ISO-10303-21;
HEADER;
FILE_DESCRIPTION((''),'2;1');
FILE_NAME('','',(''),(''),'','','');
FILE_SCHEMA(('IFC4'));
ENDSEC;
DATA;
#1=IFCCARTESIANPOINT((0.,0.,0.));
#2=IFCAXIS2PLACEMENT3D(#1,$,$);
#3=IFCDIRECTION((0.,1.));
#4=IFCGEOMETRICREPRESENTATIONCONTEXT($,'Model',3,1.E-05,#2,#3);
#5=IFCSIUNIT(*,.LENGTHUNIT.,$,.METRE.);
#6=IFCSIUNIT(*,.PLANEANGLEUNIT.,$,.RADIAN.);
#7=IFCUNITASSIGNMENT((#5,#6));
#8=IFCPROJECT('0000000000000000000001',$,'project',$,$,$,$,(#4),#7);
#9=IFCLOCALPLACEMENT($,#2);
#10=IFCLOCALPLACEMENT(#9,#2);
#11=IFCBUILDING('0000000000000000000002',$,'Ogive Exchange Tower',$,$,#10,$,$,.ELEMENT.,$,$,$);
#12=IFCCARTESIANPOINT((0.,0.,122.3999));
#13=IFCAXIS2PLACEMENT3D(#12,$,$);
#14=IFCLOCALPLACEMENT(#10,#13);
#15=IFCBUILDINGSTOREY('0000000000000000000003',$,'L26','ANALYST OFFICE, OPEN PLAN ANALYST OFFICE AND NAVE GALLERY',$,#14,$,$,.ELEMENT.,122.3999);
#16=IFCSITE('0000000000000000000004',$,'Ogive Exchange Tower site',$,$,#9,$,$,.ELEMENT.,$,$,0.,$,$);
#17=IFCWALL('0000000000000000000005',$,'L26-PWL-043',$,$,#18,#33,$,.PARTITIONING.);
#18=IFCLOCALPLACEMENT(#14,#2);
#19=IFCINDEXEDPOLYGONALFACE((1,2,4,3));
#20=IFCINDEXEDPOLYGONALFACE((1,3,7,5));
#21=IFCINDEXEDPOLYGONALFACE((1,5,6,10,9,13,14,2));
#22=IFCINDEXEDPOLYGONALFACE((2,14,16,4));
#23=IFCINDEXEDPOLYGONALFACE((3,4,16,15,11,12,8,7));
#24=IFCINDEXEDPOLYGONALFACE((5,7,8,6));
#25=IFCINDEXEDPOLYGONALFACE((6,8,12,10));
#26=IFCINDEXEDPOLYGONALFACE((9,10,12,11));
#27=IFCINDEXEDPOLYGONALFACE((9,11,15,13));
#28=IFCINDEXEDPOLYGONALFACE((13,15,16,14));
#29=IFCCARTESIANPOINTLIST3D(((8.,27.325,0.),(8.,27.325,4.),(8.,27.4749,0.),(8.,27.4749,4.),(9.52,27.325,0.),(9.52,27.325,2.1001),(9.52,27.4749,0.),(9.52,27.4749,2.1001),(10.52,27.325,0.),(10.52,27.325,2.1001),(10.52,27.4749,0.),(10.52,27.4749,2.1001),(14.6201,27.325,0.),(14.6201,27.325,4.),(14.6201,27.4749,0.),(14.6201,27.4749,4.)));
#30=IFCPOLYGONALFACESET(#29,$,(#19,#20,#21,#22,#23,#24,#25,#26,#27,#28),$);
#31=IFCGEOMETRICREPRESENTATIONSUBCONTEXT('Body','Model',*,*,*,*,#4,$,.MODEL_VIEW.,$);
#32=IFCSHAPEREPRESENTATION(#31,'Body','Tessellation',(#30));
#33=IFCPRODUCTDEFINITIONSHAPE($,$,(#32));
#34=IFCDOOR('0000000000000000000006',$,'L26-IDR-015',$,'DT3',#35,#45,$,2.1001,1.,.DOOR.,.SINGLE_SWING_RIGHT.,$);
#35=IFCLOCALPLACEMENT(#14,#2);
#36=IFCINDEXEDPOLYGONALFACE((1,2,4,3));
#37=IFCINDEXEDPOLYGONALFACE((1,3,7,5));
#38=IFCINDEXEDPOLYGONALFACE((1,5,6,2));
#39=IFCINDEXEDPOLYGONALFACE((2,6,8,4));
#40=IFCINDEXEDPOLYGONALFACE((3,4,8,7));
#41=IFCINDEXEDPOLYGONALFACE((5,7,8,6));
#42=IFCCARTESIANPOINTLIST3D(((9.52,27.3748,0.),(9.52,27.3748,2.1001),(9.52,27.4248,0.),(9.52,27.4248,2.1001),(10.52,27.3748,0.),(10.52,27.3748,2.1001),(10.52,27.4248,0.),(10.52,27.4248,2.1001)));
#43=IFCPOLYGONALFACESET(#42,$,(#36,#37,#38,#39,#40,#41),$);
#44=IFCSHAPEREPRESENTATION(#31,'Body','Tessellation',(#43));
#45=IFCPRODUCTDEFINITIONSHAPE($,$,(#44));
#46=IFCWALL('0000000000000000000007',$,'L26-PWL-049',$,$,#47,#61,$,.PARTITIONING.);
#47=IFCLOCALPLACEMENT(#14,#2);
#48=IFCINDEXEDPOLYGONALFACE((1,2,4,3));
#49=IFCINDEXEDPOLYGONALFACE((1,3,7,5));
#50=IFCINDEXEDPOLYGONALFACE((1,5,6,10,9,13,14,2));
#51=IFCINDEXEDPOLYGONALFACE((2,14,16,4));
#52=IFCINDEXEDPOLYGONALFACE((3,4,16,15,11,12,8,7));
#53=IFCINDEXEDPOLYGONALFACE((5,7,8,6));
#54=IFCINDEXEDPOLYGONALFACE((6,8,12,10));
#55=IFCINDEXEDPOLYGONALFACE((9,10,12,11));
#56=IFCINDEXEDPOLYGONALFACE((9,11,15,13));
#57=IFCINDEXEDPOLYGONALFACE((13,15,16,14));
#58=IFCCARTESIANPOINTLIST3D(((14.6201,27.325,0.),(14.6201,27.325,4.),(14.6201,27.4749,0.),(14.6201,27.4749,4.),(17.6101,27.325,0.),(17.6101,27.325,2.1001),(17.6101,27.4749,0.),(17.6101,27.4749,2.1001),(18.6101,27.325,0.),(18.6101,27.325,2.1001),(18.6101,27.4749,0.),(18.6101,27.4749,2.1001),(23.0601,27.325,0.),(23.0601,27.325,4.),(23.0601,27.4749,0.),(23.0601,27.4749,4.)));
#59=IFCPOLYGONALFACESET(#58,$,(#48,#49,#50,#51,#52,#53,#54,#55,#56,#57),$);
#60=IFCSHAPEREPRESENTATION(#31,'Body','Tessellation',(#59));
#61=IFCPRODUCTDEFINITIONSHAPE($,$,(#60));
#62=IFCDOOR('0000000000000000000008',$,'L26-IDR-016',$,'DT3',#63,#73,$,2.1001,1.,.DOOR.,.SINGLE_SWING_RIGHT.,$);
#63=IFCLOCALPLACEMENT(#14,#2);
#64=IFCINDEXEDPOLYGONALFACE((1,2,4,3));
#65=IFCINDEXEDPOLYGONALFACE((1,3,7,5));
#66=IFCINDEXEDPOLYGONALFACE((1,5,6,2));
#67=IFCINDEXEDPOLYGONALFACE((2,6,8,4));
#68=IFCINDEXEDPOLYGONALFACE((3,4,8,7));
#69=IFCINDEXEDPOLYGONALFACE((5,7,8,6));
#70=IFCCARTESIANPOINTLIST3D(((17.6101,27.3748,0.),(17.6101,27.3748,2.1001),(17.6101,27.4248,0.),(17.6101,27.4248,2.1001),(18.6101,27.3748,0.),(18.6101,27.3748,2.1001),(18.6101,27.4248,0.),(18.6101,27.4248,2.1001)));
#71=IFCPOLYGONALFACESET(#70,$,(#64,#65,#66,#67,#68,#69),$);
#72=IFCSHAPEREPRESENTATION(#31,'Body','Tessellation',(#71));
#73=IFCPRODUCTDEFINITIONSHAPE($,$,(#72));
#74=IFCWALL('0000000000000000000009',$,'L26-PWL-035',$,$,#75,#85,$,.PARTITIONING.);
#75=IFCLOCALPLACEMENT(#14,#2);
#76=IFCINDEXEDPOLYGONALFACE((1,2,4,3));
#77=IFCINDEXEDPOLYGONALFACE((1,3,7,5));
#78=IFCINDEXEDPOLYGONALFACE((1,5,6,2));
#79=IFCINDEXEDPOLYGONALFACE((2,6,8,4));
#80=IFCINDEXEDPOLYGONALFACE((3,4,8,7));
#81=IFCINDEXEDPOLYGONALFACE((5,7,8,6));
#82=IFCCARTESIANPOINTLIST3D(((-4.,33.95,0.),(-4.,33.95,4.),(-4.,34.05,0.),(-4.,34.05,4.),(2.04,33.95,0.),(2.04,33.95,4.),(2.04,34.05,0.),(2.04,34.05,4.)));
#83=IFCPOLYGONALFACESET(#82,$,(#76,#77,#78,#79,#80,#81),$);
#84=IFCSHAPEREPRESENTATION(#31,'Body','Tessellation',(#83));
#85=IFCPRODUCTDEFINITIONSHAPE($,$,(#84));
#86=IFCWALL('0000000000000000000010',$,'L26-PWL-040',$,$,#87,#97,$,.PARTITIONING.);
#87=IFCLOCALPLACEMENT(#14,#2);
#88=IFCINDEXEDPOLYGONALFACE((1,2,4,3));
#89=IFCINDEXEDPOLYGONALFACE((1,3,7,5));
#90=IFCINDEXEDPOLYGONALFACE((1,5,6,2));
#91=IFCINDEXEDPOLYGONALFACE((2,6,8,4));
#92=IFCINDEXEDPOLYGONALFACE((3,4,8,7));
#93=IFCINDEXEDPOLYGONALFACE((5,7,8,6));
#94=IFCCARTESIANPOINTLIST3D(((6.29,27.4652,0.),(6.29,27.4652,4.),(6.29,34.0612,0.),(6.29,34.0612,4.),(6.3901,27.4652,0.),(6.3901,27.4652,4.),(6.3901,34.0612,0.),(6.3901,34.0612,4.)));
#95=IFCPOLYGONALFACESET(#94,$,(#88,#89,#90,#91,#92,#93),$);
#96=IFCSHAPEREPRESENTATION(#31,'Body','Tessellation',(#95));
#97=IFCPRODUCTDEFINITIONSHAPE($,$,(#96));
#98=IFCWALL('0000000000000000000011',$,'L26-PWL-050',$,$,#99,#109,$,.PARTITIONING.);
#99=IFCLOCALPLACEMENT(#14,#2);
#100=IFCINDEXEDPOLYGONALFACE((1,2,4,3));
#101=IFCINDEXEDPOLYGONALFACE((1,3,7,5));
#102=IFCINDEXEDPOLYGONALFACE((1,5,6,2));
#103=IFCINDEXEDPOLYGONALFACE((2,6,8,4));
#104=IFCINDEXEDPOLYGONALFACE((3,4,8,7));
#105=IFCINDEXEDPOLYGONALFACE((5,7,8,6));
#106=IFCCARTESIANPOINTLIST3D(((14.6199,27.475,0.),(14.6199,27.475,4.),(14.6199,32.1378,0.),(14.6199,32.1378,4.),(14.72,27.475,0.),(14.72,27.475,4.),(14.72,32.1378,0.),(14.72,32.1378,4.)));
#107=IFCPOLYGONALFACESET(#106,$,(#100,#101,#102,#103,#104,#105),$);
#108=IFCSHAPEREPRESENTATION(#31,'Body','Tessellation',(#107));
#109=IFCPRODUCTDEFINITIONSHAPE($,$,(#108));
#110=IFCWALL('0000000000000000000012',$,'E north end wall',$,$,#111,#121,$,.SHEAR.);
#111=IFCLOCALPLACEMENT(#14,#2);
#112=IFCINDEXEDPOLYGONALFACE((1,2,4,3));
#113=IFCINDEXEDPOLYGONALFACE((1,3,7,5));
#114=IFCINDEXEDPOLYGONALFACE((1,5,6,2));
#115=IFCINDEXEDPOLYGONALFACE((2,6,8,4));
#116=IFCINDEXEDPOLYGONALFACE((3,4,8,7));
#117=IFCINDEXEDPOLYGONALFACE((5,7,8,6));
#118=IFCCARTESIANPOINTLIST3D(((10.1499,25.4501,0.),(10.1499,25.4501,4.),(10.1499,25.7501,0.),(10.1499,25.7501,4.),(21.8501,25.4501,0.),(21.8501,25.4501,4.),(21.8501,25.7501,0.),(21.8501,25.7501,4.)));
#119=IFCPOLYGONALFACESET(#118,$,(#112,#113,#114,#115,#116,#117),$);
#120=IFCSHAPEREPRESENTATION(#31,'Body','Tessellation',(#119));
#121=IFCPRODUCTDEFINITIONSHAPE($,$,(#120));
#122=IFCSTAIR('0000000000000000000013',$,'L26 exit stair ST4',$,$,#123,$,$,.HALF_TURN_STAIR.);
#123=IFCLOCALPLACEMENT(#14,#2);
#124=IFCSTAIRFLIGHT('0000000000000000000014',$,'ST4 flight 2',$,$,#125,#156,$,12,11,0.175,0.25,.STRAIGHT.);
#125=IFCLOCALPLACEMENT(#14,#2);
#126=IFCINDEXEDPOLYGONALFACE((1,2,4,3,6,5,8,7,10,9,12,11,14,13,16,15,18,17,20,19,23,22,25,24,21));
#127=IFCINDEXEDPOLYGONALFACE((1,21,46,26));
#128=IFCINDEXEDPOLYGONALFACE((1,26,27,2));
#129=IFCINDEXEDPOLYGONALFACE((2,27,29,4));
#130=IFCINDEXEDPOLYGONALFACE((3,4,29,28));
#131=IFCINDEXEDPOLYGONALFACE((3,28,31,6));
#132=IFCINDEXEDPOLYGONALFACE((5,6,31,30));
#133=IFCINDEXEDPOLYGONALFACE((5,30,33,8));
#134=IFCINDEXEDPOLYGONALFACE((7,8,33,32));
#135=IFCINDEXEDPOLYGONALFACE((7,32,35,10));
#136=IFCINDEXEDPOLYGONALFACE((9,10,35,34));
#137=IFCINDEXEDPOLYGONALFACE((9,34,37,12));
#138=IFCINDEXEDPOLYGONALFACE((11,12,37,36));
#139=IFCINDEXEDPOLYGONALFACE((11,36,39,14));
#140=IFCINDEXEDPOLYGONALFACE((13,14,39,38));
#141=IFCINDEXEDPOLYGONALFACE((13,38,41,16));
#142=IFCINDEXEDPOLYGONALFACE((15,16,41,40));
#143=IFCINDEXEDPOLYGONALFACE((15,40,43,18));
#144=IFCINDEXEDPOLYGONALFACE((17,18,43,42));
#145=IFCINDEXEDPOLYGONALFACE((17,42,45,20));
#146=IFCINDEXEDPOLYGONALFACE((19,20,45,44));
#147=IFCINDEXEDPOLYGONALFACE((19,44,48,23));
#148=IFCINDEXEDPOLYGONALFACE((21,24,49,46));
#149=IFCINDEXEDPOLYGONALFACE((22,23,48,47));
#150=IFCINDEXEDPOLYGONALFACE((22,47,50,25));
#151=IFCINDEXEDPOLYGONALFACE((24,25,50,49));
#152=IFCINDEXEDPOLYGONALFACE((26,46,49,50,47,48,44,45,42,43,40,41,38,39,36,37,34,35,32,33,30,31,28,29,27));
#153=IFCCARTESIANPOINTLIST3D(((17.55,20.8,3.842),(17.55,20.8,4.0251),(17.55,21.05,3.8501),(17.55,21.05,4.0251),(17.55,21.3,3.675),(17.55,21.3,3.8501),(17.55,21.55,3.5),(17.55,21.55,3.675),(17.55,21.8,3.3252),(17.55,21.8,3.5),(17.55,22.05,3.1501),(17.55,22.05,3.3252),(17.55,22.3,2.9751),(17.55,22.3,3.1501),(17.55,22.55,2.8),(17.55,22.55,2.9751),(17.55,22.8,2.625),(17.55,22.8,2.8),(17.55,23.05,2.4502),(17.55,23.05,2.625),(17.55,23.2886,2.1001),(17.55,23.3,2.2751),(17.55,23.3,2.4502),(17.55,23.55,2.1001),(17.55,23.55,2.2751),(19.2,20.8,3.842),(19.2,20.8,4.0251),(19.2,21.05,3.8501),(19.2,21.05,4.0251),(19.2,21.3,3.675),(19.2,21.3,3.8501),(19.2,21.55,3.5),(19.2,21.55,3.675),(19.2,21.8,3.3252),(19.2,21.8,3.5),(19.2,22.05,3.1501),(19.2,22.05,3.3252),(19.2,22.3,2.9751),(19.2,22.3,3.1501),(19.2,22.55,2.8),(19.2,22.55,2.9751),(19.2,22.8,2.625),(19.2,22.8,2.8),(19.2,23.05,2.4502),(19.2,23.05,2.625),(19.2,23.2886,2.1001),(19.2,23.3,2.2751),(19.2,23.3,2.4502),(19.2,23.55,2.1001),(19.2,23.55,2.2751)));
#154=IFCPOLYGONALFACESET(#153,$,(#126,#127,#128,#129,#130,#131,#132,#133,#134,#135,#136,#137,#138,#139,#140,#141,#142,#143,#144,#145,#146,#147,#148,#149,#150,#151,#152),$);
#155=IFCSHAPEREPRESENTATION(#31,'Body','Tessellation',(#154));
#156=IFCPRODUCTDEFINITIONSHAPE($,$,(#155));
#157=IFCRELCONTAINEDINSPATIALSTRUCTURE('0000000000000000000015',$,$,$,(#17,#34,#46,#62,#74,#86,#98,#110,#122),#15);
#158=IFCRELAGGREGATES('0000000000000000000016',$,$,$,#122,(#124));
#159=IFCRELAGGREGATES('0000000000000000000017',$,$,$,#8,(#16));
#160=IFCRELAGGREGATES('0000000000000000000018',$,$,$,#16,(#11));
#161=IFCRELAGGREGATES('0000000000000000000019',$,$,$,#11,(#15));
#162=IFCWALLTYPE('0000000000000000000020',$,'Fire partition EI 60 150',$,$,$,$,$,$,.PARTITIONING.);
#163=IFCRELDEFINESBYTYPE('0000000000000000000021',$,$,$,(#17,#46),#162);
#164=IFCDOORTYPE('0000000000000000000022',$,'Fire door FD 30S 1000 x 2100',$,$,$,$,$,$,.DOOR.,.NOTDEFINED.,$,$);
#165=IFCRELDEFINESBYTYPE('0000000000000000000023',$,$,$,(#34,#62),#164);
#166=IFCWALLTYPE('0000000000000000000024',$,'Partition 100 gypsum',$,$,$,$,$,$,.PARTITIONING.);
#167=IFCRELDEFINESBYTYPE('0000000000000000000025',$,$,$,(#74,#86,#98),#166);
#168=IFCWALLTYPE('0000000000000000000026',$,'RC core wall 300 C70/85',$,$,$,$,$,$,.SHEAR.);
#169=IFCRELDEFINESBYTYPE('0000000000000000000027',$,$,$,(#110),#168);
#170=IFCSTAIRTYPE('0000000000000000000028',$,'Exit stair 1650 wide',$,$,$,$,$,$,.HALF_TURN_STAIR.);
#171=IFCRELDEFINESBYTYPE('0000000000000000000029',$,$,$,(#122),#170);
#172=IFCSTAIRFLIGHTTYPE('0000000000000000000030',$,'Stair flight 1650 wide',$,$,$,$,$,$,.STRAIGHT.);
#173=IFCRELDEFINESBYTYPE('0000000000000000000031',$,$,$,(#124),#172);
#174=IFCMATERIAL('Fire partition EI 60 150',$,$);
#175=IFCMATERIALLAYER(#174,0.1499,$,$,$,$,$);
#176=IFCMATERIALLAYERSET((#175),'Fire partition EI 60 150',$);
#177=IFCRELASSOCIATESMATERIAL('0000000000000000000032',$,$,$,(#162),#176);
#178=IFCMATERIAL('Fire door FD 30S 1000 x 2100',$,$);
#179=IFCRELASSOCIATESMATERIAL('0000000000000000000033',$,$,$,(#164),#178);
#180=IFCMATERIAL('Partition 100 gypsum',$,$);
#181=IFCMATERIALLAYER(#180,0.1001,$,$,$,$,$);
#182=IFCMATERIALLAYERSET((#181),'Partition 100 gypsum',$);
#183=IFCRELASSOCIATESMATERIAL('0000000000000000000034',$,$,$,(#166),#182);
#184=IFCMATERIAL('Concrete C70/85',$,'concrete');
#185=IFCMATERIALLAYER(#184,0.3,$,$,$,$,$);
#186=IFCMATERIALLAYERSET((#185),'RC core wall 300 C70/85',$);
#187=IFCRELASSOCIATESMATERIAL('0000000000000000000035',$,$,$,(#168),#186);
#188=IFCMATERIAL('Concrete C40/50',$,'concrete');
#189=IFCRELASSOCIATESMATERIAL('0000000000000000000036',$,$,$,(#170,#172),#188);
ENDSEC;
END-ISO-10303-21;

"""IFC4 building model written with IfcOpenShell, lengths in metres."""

from ifc_helpers import new_model, si_unit, direction, frame, frame_2d, origin, place, context, subcontext, project, spatial, polyline, rectangle, outline, extrude, material, layer, layer_set, type_object, element, fill, aggregate, save


model = new_model("IFC4")

# Units and contexts
model_context = context("Model", 3, precision=1e-05, world=origin(), true_north=direction((0.0, 1.0)))
body_context = subcontext(model_context, "Body", "Model", "MODEL_VIEW")
ifc_project = project(units=[si_unit("LENGTHUNIT", "METRE"), si_unit("PLANEANGLEUNIT", "RADIAN")], contexts=[model_context])

# Site, building, storey
site_placement = place(None, origin())
site = spatial("IfcSite", under=ifc_project, at=site_placement, Name="Ogive Exchange Tower site", CompositionType="ELEMENT", RefElevation=0.0)
building_placement = place(site_placement, origin())
building = spatial("IfcBuilding", under=site, at=building_placement, Name="Ogive Exchange Tower", CompositionType="ELEMENT")
storey_placement = place(building_placement, frame((0.0, 0.0, 122.3999)))
storey = spatial("IfcBuildingStorey", under=building, at=storey_placement, Name="L26", Description="ANALYST OFFICE, OPEN PLAN ANALYST OFFICE AND NAVE GALLERY", CompositionType="ELEMENT", Elevation=122.3999)

# Shared definitions
ifc_material_1 = material(Name="Fire partition EI 60 150")
ifc_layer_1 = layer(ifc_material_1, 0.1499)
ifc_layer_set_1 = layer_set([ifc_layer_1], Name="Fire partition EI 60 150")
wall_type_1 = type_object("IfcWallType", Name="Fire partition EI 60 150", PredefinedType="PARTITIONING", material=ifc_layer_set_1)

# Walls, openings, doors
wall_1_placement = place(storey_placement, frame((8.0, 27.3999, 0.0), z_axis=(0.0, 0.0, 1.0), x_axis=(1.0, 0.0, 0.0)))
wall_1 = element("IfcWall", 1, at=wall_1_placement, inside=storey, type_object=wall_type_1, Name="L26-PWL-043", PredefinedType="PARTITIONING", context=body_context, shape_type="SweptSolid", body=[
    extrude(rectangle(XDim=6.6201, YDim=0.1499, at=frame_2d((3.3101, 0.0))), origin(), (0.0, 0.0, 1.0), 4.0),
])
opening_1_placement = place(wall_1_placement, frame((1.52, 0.0, 0.0)))
opening_1 = element("IfcOpeningElement", 2, at=opening_1_placement, cuts=wall_1, PredefinedType="OPENING", context=body_context, shape_type="SweptSolid", body=[
    extrude(rectangle(XDim=1.0, YDim=2.1001, at=frame_2d((0.5, 1.05))), frame((0.0, 0.085, 0.0), z_axis=(0.0, -1.0, 0.0), x_axis=(1.0, 0.0, 0.0)), (0.0, 0.0, 1.0), 0.1699),
])
ifc_material_2 = material(Name="Fire door FD 30S 1000 x 2100")
door_type = type_object("IfcDoorType", Name="Fire door FD 30S 1000 x 2100", OperationType="NOTDEFINED", PredefinedType="DOOR", material=ifc_material_2)
door_1_placement = place(opening_1_placement, origin())
door_1 = element("IfcDoor", 3, at=door_1_placement, inside=storey, type_object=door_type, Name="L26-IDR-015", ObjectType="DT3", OperationType="SINGLE_SWING_RIGHT", OverallHeight=2.1001, OverallWidth=1.0, PredefinedType="DOOR", context=body_context, shape_type="SweptSolid", body=[
    extrude(rectangle(XDim=1.0, YDim=2.1001, at=frame_2d((0.5, 1.05))), frame((0.0, 0.0249, 0.0), z_axis=(0.0, -1.0, 0.0), x_axis=(1.0, 0.0, 0.0)), (0.0, 0.0, 1.0), 0.05),
])
fill(opening_1, door_1)
wall_2_placement = place(storey_placement, frame((14.6201, 27.3999, 0.0), z_axis=(0.0, 0.0, 1.0), x_axis=(1.0, 0.0, 0.0)))
wall_2 = element("IfcWall", 4, at=wall_2_placement, inside=storey, type_object=wall_type_1, Name="L26-PWL-049", PredefinedType="PARTITIONING", context=body_context, shape_type="SweptSolid", body=[
    extrude(rectangle(XDim=8.4399, YDim=0.1499, at=frame_2d((4.22, 0.0))), origin(), (0.0, 0.0, 1.0), 4.0),
])
opening_2_placement = place(wall_2_placement, frame((2.99, 0.0, 0.0)))
opening_2 = element("IfcOpeningElement", 5, at=opening_2_placement, cuts=wall_2, PredefinedType="OPENING", context=body_context, shape_type="SweptSolid", body=[
    extrude(rectangle(XDim=1.0, YDim=2.1001, at=frame_2d((0.5, 1.05))), frame((0.0, 0.085, 0.0), z_axis=(0.0, -1.0, 0.0), x_axis=(1.0, 0.0, 0.0)), (0.0, 0.0, 1.0), 0.1699),
])
door_2_placement = place(opening_2_placement, origin())
door_2 = element("IfcDoor", 6, at=door_2_placement, inside=storey, type_object=door_type, Name="L26-IDR-016", ObjectType="DT3", OperationType="SINGLE_SWING_RIGHT", OverallHeight=2.1001, OverallWidth=1.0, PredefinedType="DOOR", context=body_context, shape_type="SweptSolid", body=[
    extrude(rectangle(XDim=1.0, YDim=2.1001, at=frame_2d((0.5, 1.05))), frame((0.0, 0.0249, 0.0), z_axis=(0.0, -1.0, 0.0), x_axis=(1.0, 0.0, 0.0)), (0.0, 0.0, 1.0), 0.05),
])
fill(opening_2, door_2)

# Walls
ifc_material_3 = material(Name="Partition 100 gypsum")
ifc_layer_2 = layer(ifc_material_3, 0.1001)
ifc_layer_set_2 = layer_set([ifc_layer_2], Name="Partition 100 gypsum")
wall_type_2 = type_object("IfcWallType", Name="Partition 100 gypsum", PredefinedType="PARTITIONING", material=ifc_layer_set_2)
wall_3_placement = place(storey_placement, frame((2.04, 34.0, 0.0), z_axis=(0.0, 0.0, 1.0), x_axis=(-1.0, 0.0, 0.0)))
element("IfcWall", 7, at=wall_3_placement, inside=storey, type_object=wall_type_2, Name="L26-PWL-035", PredefinedType="PARTITIONING", context=body_context, shape_type="SweptSolid", body=[
    extrude(rectangle(XDim=6.04, YDim=0.1001, at=frame_2d((3.02, 0.0))), origin(), (0.0, 0.0, 1.0), 4.0),
])
wall_4_placement = place(storey_placement, frame((6.3401, 34.061, 0.0), z_axis=(0.0, 0.0, 1.0), x_axis=(0.0, -1.0, 0.0)))
element("IfcWall", 8, at=wall_4_placement, inside=storey, type_object=wall_type_2, Name="L26-PWL-040", PredefinedType="PARTITIONING", context=body_context, shape_type="SweptSolid", body=[
    extrude(rectangle(XDim=6.5959, YDim=0.1001, at=frame_2d((3.2979, 0.0))), origin(), (0.0, 0.0, 1.0), 4.0),
])
wall_5_placement = place(storey_placement, frame((14.6699, 32.1379, 0.0), z_axis=(0.0, 0.0, 1.0), x_axis=(0.0, -1.0, 0.0)))
element("IfcWall", 9, at=wall_5_placement, inside=storey, type_object=wall_type_2, Name="L26-PWL-050", PredefinedType="PARTITIONING", context=body_context, shape_type="SweptSolid", body=[
    extrude(rectangle(XDim=4.6628, YDim=0.1001, at=frame_2d((2.3315, 0.0))), origin(), (0.0, 0.0, 1.0), 4.0),
])
ifc_material_4 = material(Name="Concrete C70/85", Category="concrete")
ifc_layer_3 = layer(ifc_material_4, 0.3)
ifc_layer_set_3 = layer_set([ifc_layer_3], Name="RC core wall 300 C70/85")
wall_type_3 = type_object("IfcWallType", Name="RC core wall 300 C70/85", PredefinedType="SHEAR", material=ifc_layer_set_3)
wall_6_placement = place(storey_placement, frame((10.1499, 25.6001, 0.0), z_axis=(0.0, 0.0, 1.0), x_axis=(1.0, 0.0, 0.0)))
element("IfcWall", 10, at=wall_6_placement, inside=storey, type_object=wall_type_3, Name="E north end wall", PredefinedType="SHEAR", context=body_context, shape_type="SweptSolid", body=[
    extrude(rectangle(XDim=11.7002, YDim=0.3, at=frame_2d((5.8501, 0.0))), origin(), (0.0, 0.0, 1.0), 4.0),
])

# Stair, stair flight
ifc_material_5 = material(Name="Concrete C40/50", Category="concrete")
stair_type = type_object("IfcStairType", Name="Exit stair 1650 wide", PredefinedType="HALF_TURN_STAIR", material=ifc_material_5)
stair_placement = place(storey_placement, origin())
stair = element("IfcStair", 11, at=stair_placement, inside=storey, type_object=stair_type, Name="L26 exit stair ST4", PredefinedType="HALF_TURN_STAIR")
stair_flight_type = type_object("IfcStairFlightType", Name="Stair flight 1650 wide", PredefinedType="STRAIGHT", material=ifc_material_5)
stair_flight_placement = place(storey_placement, frame((18.375, 23.55, 2.1001), z_axis=(0.0, 0.0, 1.0), x_axis=(0.0, -1.0, 0.0)))
stair_flight = element("IfcStairFlight", 12, at=stair_flight_placement, type_object=stair_flight_type, Name="ST4 flight 2", NumberOfRisers=12, NumberOfTreads=11, PredefinedType="STRAIGHT", RiserHeight=0.175, TreadLength=0.25, context=body_context, shape_type="SweptSolid", body=[
    extrude(outline(polyline([(0.0, 0.0), (0.0, 0.175), (0.25, 0.175), (0.25, 0.3501), (0.5, 0.3501), (0.5, 0.5249), (0.75, 0.5249), (0.75, 0.7), (1.0, 0.7), (1.0, 0.875), (1.25, 0.875), (1.25, 1.05), (1.5, 1.05), (1.5, 1.2251), (1.75, 1.2251), (1.75, 1.3999), (2.0, 1.3999), (2.0, 1.575), (2.25, 1.575), (2.25, 1.75), (2.5, 1.75), (2.5, 1.925), (2.75, 1.925), (2.75, 2.1001), (2.75, 1.7419), (0.2615, 0.0), (0.0, 0.0)])), frame((0.0, 0.825, 0.0), z_axis=(0.0, -1.0, 0.0), x_axis=(1.0, 0.0, 0.0)), (0.0, 0.0, 1.0), 1.6499),
])
aggregate(stair, [stair_flight])

save(model, "model.ifc")
